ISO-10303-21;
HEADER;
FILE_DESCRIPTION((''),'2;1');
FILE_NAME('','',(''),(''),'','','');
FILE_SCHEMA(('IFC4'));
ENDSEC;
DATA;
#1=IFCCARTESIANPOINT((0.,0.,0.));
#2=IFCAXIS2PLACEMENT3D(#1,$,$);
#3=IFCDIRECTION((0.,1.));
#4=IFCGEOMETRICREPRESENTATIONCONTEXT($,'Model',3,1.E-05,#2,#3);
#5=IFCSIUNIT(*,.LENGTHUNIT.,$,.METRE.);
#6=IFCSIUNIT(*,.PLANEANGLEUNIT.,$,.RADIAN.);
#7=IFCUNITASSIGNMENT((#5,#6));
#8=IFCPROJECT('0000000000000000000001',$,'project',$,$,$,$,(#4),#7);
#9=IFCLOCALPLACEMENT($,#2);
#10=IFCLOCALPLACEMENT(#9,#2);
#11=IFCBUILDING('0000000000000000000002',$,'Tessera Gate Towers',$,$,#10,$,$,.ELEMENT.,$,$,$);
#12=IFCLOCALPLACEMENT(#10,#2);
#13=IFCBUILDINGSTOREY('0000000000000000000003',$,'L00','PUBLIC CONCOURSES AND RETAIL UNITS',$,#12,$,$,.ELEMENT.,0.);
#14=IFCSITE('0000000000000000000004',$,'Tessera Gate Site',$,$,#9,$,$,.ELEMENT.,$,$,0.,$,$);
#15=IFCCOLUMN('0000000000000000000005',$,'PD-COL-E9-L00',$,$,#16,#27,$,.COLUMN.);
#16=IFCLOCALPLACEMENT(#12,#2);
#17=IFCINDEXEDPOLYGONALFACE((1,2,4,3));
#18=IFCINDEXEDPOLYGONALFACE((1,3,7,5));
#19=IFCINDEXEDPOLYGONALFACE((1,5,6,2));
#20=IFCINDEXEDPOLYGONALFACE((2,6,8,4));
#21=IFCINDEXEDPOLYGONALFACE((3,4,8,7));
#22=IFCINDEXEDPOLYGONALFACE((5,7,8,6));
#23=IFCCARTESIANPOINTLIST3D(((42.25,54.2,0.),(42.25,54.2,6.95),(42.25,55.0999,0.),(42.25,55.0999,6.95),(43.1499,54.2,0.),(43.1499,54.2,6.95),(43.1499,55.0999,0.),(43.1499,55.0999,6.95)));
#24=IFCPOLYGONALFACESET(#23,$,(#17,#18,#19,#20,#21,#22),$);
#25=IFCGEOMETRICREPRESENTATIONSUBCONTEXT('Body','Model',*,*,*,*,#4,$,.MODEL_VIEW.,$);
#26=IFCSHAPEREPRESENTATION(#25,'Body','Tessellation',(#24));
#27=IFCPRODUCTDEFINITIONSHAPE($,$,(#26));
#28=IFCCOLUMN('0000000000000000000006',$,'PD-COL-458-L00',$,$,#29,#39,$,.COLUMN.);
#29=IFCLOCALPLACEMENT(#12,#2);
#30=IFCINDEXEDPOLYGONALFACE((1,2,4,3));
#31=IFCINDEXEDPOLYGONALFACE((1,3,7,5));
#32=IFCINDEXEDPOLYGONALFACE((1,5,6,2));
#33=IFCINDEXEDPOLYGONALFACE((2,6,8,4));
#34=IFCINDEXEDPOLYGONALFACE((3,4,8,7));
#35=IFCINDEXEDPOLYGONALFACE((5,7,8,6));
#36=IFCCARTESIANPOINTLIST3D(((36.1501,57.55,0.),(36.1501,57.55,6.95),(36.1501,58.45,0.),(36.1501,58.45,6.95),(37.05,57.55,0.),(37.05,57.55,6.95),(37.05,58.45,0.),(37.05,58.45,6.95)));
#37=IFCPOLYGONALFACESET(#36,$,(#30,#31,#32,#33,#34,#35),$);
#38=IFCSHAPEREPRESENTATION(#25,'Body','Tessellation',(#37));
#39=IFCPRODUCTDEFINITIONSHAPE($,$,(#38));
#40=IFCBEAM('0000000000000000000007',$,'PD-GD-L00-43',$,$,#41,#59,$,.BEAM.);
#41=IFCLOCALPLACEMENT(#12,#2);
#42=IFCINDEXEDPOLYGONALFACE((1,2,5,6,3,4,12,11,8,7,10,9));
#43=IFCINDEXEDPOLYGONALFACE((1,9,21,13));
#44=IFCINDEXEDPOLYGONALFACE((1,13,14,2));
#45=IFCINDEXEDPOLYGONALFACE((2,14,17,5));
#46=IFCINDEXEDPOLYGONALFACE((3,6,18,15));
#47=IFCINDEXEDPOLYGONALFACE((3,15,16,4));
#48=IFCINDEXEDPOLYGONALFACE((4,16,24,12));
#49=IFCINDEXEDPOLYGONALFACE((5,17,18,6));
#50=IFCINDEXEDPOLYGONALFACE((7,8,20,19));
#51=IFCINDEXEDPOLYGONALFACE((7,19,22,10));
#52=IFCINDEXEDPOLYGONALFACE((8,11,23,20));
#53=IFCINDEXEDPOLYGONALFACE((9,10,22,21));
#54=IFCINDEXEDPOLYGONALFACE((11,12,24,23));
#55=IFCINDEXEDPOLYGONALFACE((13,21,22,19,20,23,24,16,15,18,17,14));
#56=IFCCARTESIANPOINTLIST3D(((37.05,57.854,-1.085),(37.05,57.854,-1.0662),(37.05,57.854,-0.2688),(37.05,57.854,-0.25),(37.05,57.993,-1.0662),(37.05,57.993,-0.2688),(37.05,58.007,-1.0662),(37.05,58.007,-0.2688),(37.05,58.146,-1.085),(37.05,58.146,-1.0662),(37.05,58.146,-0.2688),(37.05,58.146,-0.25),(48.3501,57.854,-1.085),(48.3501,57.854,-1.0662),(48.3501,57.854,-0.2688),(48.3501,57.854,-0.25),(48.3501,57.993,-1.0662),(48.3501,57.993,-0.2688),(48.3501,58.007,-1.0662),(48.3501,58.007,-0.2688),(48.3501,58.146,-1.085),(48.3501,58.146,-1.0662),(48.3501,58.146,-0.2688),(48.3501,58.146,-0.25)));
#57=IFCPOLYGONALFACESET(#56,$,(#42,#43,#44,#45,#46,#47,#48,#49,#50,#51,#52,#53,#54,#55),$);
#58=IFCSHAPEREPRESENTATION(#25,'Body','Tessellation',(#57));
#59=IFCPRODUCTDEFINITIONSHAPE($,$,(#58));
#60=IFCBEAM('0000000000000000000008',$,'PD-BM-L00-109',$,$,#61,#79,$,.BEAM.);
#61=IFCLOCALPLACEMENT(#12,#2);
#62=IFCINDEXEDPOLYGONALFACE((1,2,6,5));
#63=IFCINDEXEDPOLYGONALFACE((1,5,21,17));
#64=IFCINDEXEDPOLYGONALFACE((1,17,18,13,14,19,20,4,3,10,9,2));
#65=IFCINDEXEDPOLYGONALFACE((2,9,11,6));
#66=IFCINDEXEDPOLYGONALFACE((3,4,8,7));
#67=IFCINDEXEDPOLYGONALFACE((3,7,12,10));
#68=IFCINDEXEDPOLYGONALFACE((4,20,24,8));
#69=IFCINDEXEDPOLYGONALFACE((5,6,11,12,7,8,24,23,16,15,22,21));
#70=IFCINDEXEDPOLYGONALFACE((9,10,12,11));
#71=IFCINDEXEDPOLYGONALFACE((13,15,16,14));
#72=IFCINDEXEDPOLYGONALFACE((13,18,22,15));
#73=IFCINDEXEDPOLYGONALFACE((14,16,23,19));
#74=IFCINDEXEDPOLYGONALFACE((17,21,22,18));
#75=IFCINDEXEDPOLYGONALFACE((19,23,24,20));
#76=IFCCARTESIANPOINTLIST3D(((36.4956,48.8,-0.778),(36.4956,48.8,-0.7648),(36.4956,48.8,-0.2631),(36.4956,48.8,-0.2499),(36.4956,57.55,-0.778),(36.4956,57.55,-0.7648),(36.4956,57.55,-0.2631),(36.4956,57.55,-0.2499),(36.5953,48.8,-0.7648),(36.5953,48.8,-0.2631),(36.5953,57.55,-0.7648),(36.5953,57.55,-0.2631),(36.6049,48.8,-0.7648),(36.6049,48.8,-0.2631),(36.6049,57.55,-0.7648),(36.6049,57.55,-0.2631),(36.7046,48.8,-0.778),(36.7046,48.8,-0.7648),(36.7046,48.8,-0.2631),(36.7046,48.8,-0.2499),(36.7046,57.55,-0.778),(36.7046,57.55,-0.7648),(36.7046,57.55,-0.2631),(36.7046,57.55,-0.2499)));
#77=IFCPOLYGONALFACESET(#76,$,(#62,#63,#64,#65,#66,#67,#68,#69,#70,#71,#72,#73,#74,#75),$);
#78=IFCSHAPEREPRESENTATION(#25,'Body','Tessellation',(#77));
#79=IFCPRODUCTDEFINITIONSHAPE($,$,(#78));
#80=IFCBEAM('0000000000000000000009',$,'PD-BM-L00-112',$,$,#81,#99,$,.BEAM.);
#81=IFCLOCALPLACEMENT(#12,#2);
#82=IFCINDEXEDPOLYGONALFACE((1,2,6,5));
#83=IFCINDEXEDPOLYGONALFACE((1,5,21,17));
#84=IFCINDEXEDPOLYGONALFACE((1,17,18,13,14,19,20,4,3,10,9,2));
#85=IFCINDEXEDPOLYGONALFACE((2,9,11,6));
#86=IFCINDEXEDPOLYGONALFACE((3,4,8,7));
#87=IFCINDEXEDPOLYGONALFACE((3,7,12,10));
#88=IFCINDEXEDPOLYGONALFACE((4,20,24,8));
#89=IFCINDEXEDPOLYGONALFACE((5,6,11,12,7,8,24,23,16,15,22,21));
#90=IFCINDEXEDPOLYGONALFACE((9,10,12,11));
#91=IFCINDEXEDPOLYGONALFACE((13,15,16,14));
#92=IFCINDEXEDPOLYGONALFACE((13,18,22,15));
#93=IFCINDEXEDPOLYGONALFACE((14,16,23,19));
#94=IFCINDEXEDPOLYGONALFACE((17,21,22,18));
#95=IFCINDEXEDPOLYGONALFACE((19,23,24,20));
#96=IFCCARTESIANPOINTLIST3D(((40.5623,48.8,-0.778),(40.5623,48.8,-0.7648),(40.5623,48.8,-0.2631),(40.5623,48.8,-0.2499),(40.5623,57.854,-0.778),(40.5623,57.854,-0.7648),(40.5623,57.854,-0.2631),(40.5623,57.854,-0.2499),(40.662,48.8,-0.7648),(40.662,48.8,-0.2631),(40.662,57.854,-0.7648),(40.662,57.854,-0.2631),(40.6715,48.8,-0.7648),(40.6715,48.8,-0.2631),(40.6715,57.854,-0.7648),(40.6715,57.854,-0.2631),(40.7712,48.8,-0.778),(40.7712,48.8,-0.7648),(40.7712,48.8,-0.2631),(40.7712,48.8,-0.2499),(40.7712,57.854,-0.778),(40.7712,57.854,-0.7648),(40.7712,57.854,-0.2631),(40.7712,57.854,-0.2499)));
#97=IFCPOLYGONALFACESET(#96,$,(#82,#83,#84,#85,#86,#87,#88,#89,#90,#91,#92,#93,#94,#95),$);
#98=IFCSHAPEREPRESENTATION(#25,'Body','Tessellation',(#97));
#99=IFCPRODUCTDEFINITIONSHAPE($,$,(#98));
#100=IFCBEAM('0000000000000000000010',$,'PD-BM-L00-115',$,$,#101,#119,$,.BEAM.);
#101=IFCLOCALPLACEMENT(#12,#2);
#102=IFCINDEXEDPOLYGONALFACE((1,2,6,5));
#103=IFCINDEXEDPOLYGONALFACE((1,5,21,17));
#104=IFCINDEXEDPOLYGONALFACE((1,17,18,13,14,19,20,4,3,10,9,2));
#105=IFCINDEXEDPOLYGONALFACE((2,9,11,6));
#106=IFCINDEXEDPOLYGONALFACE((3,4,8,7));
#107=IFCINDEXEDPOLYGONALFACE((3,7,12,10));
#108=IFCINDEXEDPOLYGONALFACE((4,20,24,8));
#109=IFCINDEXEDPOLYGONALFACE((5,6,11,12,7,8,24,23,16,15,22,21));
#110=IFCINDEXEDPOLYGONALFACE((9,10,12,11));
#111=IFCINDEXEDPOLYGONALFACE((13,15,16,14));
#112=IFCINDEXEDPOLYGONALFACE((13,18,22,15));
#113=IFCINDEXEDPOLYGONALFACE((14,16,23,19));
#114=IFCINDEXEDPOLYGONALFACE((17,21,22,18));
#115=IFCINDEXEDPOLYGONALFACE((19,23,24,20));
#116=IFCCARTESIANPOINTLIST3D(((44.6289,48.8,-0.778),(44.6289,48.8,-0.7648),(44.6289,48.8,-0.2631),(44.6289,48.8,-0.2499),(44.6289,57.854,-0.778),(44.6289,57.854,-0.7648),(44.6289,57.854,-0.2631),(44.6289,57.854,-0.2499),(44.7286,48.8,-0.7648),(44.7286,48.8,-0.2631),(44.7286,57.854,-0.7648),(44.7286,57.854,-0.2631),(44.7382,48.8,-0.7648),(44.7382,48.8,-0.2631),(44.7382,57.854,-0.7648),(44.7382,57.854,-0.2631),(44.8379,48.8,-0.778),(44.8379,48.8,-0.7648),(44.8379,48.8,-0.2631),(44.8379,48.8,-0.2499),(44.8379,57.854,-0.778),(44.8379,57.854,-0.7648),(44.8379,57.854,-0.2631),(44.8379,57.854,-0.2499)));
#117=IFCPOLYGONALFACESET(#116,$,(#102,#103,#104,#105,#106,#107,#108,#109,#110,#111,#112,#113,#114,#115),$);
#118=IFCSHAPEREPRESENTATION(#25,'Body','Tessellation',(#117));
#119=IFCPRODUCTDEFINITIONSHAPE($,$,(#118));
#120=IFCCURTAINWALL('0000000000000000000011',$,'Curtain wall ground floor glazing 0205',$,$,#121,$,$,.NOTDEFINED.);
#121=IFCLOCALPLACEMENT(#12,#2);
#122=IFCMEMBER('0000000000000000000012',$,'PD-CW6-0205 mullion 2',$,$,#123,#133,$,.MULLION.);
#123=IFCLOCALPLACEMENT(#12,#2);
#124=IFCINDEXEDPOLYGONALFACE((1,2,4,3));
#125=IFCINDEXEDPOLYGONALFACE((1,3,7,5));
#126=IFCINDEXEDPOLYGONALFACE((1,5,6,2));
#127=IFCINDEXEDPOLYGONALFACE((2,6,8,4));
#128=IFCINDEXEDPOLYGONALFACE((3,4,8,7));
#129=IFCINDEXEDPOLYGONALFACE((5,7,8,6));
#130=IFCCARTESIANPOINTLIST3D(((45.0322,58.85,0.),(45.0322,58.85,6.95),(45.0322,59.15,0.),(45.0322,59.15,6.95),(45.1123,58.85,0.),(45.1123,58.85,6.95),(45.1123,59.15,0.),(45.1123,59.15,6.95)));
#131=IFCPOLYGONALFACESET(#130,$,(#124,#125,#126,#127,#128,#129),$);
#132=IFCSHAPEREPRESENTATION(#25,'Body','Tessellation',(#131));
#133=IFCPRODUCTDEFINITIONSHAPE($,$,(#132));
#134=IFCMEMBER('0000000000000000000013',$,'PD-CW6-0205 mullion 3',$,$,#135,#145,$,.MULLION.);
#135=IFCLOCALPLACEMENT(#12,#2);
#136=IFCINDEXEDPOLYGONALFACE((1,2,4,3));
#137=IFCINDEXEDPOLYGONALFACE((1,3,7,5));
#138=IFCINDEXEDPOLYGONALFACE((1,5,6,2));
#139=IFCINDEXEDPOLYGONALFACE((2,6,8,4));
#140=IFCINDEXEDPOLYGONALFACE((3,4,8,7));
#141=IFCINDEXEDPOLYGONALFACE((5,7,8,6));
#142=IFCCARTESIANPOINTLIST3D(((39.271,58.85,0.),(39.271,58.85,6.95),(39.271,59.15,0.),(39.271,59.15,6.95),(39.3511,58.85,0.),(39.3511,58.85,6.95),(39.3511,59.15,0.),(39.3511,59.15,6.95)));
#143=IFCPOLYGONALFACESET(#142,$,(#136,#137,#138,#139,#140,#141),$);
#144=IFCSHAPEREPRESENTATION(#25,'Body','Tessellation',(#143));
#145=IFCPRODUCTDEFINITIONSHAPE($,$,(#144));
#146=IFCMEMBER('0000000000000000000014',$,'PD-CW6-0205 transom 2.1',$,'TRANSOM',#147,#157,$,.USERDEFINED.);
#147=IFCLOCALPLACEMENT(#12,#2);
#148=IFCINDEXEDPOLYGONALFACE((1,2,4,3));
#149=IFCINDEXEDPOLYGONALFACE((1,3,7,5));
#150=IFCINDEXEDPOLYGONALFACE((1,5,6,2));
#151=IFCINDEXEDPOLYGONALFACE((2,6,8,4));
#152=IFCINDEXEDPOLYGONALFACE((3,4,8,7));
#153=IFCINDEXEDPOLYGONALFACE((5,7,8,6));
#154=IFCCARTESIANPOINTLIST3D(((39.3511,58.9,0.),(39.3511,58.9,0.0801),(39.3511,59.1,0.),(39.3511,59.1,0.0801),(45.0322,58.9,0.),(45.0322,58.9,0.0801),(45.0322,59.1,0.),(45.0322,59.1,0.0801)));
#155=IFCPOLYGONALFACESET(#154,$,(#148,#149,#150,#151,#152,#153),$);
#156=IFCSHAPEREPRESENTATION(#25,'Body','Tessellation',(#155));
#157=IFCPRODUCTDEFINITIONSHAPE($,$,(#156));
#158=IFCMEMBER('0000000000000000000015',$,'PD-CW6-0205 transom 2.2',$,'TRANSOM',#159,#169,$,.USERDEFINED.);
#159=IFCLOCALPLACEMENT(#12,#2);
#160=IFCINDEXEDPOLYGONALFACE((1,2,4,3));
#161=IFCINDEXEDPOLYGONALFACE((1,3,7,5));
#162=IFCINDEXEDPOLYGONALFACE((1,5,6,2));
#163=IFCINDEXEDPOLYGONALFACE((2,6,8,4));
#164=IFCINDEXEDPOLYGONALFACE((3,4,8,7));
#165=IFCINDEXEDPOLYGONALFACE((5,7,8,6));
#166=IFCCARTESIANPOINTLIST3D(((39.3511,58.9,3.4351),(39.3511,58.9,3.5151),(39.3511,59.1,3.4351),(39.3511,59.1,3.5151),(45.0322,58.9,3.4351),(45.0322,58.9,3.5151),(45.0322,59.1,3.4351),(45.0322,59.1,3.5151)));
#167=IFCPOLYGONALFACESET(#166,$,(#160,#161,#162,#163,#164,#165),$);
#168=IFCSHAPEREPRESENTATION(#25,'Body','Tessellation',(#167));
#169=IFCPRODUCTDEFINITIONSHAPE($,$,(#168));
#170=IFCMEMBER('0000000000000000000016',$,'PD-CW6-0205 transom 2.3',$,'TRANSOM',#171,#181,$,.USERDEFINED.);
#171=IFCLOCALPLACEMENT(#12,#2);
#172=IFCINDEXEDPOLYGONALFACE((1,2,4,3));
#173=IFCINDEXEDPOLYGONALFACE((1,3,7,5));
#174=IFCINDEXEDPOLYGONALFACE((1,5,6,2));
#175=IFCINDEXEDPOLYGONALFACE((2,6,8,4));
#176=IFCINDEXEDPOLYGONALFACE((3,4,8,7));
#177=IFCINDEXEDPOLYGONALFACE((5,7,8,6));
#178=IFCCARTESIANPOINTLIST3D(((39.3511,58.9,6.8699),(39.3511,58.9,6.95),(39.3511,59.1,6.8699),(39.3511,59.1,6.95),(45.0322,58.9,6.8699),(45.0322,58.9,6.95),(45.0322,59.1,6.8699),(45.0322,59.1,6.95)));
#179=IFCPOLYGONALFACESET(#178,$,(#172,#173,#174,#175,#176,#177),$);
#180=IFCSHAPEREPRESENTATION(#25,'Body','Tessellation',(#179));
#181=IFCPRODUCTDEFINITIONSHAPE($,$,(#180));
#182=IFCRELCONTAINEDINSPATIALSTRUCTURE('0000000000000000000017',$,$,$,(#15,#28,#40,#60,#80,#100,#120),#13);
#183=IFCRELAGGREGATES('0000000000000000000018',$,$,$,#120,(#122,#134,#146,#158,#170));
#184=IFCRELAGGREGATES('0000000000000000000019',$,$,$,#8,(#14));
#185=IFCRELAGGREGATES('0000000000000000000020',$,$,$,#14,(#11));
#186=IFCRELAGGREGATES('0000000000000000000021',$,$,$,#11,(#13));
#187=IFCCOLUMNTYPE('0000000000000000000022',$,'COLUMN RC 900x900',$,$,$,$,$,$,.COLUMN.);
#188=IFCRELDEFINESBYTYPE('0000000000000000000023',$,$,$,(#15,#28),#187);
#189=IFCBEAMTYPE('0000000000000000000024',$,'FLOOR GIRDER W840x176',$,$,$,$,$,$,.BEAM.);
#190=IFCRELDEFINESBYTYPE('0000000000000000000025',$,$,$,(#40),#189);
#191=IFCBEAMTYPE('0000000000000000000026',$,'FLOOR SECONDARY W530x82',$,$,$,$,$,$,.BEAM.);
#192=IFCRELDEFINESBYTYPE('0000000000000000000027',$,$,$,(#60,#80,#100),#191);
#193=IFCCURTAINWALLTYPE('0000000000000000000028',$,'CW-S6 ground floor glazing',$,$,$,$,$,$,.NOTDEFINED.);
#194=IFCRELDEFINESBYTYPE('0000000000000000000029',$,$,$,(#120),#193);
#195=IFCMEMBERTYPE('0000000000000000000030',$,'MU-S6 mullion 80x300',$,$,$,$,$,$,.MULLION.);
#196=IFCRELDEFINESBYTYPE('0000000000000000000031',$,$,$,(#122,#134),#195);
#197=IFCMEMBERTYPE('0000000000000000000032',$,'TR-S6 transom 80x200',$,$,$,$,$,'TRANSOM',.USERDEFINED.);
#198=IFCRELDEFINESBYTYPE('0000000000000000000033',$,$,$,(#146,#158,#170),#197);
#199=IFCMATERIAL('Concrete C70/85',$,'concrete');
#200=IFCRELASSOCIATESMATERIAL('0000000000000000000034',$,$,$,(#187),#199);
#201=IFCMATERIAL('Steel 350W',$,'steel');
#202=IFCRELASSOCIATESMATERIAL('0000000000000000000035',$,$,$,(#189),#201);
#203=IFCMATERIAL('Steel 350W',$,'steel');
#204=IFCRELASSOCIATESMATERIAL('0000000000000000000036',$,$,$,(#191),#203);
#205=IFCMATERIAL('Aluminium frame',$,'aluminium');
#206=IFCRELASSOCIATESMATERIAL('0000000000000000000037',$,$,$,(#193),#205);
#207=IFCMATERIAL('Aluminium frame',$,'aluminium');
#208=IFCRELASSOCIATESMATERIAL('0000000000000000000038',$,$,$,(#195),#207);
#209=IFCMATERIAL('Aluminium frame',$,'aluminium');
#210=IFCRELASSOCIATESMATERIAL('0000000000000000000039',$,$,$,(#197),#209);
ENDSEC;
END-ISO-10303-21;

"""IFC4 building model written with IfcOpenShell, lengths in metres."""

from ifc_helpers import new_model, si_unit, direction, frame, origin, origin_2d, place, context, subcontext, project, spatial, rectangle, i_section, extrude, material, material_profile, profile_set, type_object, element, aggregate, save


model = new_model("IFC4")

# Units and contexts
model_context = context("Model", 3, precision=1e-05, world=origin(), true_north=direction((0.0, 1.0)))
body_context = subcontext(model_context, "Body", "Model", "MODEL_VIEW")
ifc_project = project(units=[si_unit("LENGTHUNIT", "METRE"), si_unit("PLANEANGLEUNIT", "RADIAN")], contexts=[model_context])

# Site, building, storey
site_placement = place(None, origin())
site = spatial("IfcSite", under=ifc_project, at=site_placement, Name="Tessera Gate Site", CompositionType="ELEMENT", RefElevation=0.0)
building_placement = place(site_placement, origin())
building = spatial("IfcBuilding", under=site, at=building_placement, Name="Tessera Gate Towers", CompositionType="ELEMENT")
storey_placement = place(building_placement, origin())
storey = spatial("IfcBuildingStorey", under=building, at=storey_placement, Name="L00", Description="PUBLIC CONCOURSES AND RETAIL UNITS", CompositionType="ELEMENT", Elevation=0.0)

# Columns
ifc_material_1 = material(Name="Concrete C70/85", Category="concrete")
ifc_material_profile_1 = material_profile(ifc_material_1, rectangle(XDim=0.8999, YDim=0.8999, at=origin_2d()), Name="RC 900x900")
ifc_profile_set_1 = profile_set([ifc_material_profile_1], Name="Concrete C70/85")
column_type = type_object("IfcColumnType", Name="COLUMN RC 900x900", PredefinedType="COLUMN", material=ifc_profile_set_1)
for number, where, z_axis, x_axis, name in (
    (1, (42.7, 54.6499, 0.0), (0.0, 0.0, 1.0), (1.0, 0.0, 0.0), "PD-COL-E9-L00"),
    (2, (36.6001, 58.0, 0.0), (0.0, 0.0, 1.0), (1.0, 0.0, 0.0), "PD-COL-458-L00"),
):
    element("IfcColumn", number, at=place(storey_placement, frame(where, z_axis=z_axis, x_axis=x_axis)), inside=storey, type_object=column_type, Name=name, PredefinedType="COLUMN", context=body_context, shape_type="SweptSolid", body=[
        extrude(rectangle(XDim=0.8999, YDim=0.8999, at=origin_2d()), origin(), (0.0, 0.0, 1.0), 6.95),
    ])

# Beams
ifc_material_2 = material(Name="Steel 350W", Category="steel")
ifc_material_profile_2 = material_profile(ifc_material_2, i_section(OverallWidth=0.292, OverallDepth=0.835, WebThickness=0.0139, FlangeThickness=0.0188, at=origin_2d()), Name="W840x176")
ifc_profile_set_2 = profile_set([ifc_material_profile_2], Name="Steel 350W")
beam_type_1 = type_object("IfcBeamType", Name="FLOOR GIRDER W840x176", PredefinedType="BEAM", material=ifc_profile_set_2)
beam_1_placement = place(storey_placement, frame((37.05, 58.0, -0.6675), z_axis=(1.0, 0.0, 0.0), x_axis=(0.0, 1.0, 0.0)))
element("IfcBeam", 3, at=beam_1_placement, inside=storey, type_object=beam_type_1, Name="PD-GD-L00-43", PredefinedType="BEAM", context=body_context, shape_type="SweptSolid", body=[
    extrude(i_section(OverallWidth=0.292, OverallDepth=0.835, WebThickness=0.0139, FlangeThickness=0.0188, at=origin_2d()), origin(), (0.0, 0.0, 1.0), 11.3),
])
ifc_material_3 = material(Name="Steel 350W", Category="steel")
ifc_material_profile_3 = material_profile(ifc_material_3, i_section(OverallWidth=0.209, OverallDepth=0.5281, WebThickness=0.0095, FlangeThickness=0.0132, at=origin_2d()), Name="W530x82")
ifc_profile_set_3 = profile_set([ifc_material_profile_3], Name="Steel 350W")
beam_type_2 = type_object("IfcBeamType", Name="FLOOR SECONDARY W530x82", PredefinedType="BEAM", material=ifc_profile_set_3)
beam_2_placement = place(storey_placement, frame((36.6001, 48.8, -0.5139), z_axis=(0.0, 1.0, 0.0), x_axis=(-1.0, 0.0, 0.0)))
element("IfcBeam", 4, at=beam_2_placement, inside=storey, type_object=beam_type_2, Name="PD-BM-L00-109", PredefinedType="BEAM", context=body_context, shape_type="SweptSolid", body=[
    extrude(i_section(OverallWidth=0.209, OverallDepth=0.5281, WebThickness=0.0095, FlangeThickness=0.0132, at=origin_2d()), origin(), (0.0, 0.0, 1.0), 8.75),
])
for number, where, z_axis, x_axis, name in (
    (5, (40.6667, 48.8, -0.5139), (0.0, 1.0, 0.0), (-1.0, 0.0, 0.0), "PD-BM-L00-112"),
    (6, (44.7334, 48.8, -0.5139), (0.0, 1.0, 0.0), (-1.0, 0.0, 0.0), "PD-BM-L00-115"),
):
    element("IfcBeam", number, at=place(storey_placement, frame(where, z_axis=z_axis, x_axis=x_axis)), inside=storey, type_object=beam_type_2, Name=name, PredefinedType="BEAM", context=body_context, shape_type="SweptSolid", body=[
        extrude(i_section(OverallWidth=0.209, OverallDepth=0.5281, WebThickness=0.0095, FlangeThickness=0.0132, at=origin_2d()), origin(), (0.0, 0.0, 1.0), 9.054),
    ])

# Curtain wall, members
ifc_material_4 = material(Name="Aluminium frame", Category="aluminium")
curtain_wall_type = type_object("IfcCurtainWallType", Name="CW-S6 ground floor glazing", PredefinedType="NOTDEFINED", material=ifc_material_4)
curtain_wall_placement = place(storey_placement, origin())
curtain_wall = element("IfcCurtainWall", 7, at=curtain_wall_placement, inside=storey, type_object=curtain_wall_type, Name="Curtain wall ground floor glazing 0205", PredefinedType="NOTDEFINED")
ifc_material_5 = material(Name="Aluminium frame", Category="aluminium")
ifc_material_profile_4 = material_profile(ifc_material_5, rectangle(XDim=0.0801, YDim=0.3, at=origin_2d()), Name="AL 80x300")
ifc_profile_set_4 = profile_set([ifc_material_profile_4], Name="Aluminium frame")
member_type_1 = type_object("IfcMemberType", Name="MU-S6 mullion 80x300", PredefinedType="MULLION", material=ifc_profile_set_4)
member_1_placement = place(storey_placement, frame((45.0723, 59.0, 0.0), z_axis=(0.0, 0.0, 1.0), x_axis=(-1.0, 0.0, 0.0)))
member_1 = element("IfcMember", 8, at=member_1_placement, type_object=member_type_1, Name="PD-CW6-0205 mullion 2", PredefinedType="MULLION", context=body_context, shape_type="SweptSolid", body=[
    extrude(rectangle(XDim=0.0801, YDim=0.3, at=origin_2d()), origin(), (0.0, 0.0, 1.0), 6.95),
])
member_2_placement = place(storey_placement, frame((39.311, 59.0, 0.0), z_axis=(0.0, 0.0, 1.0), x_axis=(-1.0, 0.0, 0.0)))
member_2 = element("IfcMember", 9, at=member_2_placement, type_object=member_type_1, Name="PD-CW6-0205 mullion 3", PredefinedType="MULLION", context=body_context, shape_type="SweptSolid", body=[
    extrude(rectangle(XDim=0.0801, YDim=0.3, at=origin_2d()), origin(), (0.0, 0.0, 1.0), 6.95),
])
ifc_material_6 = material(Name="Aluminium frame", Category="aluminium")
ifc_material_profile_5 = material_profile(ifc_material_6, rectangle(XDim=0.2, YDim=0.0801, at=origin_2d()), Name="AL 80x200")
ifc_profile_set_5 = profile_set([ifc_material_profile_5], Name="Aluminium frame")
member_type_2 = type_object("IfcMemberType", Name="TR-S6 transom 80x200", ElementType="TRANSOM", PredefinedType="USERDEFINED", material=ifc_profile_set_5)
member_3_placement = place(storey_placement, frame((45.0322, 59.0, 0.04), z_axis=(-1.0, 0.0, 0.0), x_axis=(0.0, -1.0, 0.0)))
member_3 = element("IfcMember", 10, at=member_3_placement, type_object=member_type_2, Name="PD-CW6-0205 transom 2.1", ObjectType="TRANSOM", PredefinedType="USERDEFINED", context=body_context, shape_type="SweptSolid", body=[
    extrude(rectangle(XDim=0.2, YDim=0.0801, at=origin_2d()), origin(), (0.0, 0.0, 1.0), 5.6812),
])
member_4_placement = place(storey_placement, frame((45.0322, 59.0, 3.4751), z_axis=(-1.0, 0.0, 0.0), x_axis=(0.0, -1.0, 0.0)))
member_4 = element("IfcMember", 11, at=member_4_placement, type_object=member_type_2, Name="PD-CW6-0205 transom 2.2", ObjectType="TRANSOM", PredefinedType="USERDEFINED", context=body_context, shape_type="SweptSolid", body=[
    extrude(rectangle(XDim=0.2, YDim=0.0801, at=origin_2d()), origin(), (0.0, 0.0, 1.0), 5.6812),
])
member_5_placement = place(storey_placement, frame((45.0322, 59.0, 6.9099), z_axis=(-1.0, 0.0, 0.0), x_axis=(0.0, -1.0, 0.0)))
member_5 = element("IfcMember", 12, at=member_5_placement, type_object=member_type_2, Name="PD-CW6-0205 transom 2.3", ObjectType="TRANSOM", PredefinedType="USERDEFINED", context=body_context, shape_type="SweptSolid", body=[
    extrude(rectangle(XDim=0.2, YDim=0.0801, at=origin_2d()), origin(), (0.0, 0.0, 1.0), 5.6812),
])
aggregate(curtain_wall, [member_1, member_2, member_3, member_4, member_5])

save(model, "model.ifc")
